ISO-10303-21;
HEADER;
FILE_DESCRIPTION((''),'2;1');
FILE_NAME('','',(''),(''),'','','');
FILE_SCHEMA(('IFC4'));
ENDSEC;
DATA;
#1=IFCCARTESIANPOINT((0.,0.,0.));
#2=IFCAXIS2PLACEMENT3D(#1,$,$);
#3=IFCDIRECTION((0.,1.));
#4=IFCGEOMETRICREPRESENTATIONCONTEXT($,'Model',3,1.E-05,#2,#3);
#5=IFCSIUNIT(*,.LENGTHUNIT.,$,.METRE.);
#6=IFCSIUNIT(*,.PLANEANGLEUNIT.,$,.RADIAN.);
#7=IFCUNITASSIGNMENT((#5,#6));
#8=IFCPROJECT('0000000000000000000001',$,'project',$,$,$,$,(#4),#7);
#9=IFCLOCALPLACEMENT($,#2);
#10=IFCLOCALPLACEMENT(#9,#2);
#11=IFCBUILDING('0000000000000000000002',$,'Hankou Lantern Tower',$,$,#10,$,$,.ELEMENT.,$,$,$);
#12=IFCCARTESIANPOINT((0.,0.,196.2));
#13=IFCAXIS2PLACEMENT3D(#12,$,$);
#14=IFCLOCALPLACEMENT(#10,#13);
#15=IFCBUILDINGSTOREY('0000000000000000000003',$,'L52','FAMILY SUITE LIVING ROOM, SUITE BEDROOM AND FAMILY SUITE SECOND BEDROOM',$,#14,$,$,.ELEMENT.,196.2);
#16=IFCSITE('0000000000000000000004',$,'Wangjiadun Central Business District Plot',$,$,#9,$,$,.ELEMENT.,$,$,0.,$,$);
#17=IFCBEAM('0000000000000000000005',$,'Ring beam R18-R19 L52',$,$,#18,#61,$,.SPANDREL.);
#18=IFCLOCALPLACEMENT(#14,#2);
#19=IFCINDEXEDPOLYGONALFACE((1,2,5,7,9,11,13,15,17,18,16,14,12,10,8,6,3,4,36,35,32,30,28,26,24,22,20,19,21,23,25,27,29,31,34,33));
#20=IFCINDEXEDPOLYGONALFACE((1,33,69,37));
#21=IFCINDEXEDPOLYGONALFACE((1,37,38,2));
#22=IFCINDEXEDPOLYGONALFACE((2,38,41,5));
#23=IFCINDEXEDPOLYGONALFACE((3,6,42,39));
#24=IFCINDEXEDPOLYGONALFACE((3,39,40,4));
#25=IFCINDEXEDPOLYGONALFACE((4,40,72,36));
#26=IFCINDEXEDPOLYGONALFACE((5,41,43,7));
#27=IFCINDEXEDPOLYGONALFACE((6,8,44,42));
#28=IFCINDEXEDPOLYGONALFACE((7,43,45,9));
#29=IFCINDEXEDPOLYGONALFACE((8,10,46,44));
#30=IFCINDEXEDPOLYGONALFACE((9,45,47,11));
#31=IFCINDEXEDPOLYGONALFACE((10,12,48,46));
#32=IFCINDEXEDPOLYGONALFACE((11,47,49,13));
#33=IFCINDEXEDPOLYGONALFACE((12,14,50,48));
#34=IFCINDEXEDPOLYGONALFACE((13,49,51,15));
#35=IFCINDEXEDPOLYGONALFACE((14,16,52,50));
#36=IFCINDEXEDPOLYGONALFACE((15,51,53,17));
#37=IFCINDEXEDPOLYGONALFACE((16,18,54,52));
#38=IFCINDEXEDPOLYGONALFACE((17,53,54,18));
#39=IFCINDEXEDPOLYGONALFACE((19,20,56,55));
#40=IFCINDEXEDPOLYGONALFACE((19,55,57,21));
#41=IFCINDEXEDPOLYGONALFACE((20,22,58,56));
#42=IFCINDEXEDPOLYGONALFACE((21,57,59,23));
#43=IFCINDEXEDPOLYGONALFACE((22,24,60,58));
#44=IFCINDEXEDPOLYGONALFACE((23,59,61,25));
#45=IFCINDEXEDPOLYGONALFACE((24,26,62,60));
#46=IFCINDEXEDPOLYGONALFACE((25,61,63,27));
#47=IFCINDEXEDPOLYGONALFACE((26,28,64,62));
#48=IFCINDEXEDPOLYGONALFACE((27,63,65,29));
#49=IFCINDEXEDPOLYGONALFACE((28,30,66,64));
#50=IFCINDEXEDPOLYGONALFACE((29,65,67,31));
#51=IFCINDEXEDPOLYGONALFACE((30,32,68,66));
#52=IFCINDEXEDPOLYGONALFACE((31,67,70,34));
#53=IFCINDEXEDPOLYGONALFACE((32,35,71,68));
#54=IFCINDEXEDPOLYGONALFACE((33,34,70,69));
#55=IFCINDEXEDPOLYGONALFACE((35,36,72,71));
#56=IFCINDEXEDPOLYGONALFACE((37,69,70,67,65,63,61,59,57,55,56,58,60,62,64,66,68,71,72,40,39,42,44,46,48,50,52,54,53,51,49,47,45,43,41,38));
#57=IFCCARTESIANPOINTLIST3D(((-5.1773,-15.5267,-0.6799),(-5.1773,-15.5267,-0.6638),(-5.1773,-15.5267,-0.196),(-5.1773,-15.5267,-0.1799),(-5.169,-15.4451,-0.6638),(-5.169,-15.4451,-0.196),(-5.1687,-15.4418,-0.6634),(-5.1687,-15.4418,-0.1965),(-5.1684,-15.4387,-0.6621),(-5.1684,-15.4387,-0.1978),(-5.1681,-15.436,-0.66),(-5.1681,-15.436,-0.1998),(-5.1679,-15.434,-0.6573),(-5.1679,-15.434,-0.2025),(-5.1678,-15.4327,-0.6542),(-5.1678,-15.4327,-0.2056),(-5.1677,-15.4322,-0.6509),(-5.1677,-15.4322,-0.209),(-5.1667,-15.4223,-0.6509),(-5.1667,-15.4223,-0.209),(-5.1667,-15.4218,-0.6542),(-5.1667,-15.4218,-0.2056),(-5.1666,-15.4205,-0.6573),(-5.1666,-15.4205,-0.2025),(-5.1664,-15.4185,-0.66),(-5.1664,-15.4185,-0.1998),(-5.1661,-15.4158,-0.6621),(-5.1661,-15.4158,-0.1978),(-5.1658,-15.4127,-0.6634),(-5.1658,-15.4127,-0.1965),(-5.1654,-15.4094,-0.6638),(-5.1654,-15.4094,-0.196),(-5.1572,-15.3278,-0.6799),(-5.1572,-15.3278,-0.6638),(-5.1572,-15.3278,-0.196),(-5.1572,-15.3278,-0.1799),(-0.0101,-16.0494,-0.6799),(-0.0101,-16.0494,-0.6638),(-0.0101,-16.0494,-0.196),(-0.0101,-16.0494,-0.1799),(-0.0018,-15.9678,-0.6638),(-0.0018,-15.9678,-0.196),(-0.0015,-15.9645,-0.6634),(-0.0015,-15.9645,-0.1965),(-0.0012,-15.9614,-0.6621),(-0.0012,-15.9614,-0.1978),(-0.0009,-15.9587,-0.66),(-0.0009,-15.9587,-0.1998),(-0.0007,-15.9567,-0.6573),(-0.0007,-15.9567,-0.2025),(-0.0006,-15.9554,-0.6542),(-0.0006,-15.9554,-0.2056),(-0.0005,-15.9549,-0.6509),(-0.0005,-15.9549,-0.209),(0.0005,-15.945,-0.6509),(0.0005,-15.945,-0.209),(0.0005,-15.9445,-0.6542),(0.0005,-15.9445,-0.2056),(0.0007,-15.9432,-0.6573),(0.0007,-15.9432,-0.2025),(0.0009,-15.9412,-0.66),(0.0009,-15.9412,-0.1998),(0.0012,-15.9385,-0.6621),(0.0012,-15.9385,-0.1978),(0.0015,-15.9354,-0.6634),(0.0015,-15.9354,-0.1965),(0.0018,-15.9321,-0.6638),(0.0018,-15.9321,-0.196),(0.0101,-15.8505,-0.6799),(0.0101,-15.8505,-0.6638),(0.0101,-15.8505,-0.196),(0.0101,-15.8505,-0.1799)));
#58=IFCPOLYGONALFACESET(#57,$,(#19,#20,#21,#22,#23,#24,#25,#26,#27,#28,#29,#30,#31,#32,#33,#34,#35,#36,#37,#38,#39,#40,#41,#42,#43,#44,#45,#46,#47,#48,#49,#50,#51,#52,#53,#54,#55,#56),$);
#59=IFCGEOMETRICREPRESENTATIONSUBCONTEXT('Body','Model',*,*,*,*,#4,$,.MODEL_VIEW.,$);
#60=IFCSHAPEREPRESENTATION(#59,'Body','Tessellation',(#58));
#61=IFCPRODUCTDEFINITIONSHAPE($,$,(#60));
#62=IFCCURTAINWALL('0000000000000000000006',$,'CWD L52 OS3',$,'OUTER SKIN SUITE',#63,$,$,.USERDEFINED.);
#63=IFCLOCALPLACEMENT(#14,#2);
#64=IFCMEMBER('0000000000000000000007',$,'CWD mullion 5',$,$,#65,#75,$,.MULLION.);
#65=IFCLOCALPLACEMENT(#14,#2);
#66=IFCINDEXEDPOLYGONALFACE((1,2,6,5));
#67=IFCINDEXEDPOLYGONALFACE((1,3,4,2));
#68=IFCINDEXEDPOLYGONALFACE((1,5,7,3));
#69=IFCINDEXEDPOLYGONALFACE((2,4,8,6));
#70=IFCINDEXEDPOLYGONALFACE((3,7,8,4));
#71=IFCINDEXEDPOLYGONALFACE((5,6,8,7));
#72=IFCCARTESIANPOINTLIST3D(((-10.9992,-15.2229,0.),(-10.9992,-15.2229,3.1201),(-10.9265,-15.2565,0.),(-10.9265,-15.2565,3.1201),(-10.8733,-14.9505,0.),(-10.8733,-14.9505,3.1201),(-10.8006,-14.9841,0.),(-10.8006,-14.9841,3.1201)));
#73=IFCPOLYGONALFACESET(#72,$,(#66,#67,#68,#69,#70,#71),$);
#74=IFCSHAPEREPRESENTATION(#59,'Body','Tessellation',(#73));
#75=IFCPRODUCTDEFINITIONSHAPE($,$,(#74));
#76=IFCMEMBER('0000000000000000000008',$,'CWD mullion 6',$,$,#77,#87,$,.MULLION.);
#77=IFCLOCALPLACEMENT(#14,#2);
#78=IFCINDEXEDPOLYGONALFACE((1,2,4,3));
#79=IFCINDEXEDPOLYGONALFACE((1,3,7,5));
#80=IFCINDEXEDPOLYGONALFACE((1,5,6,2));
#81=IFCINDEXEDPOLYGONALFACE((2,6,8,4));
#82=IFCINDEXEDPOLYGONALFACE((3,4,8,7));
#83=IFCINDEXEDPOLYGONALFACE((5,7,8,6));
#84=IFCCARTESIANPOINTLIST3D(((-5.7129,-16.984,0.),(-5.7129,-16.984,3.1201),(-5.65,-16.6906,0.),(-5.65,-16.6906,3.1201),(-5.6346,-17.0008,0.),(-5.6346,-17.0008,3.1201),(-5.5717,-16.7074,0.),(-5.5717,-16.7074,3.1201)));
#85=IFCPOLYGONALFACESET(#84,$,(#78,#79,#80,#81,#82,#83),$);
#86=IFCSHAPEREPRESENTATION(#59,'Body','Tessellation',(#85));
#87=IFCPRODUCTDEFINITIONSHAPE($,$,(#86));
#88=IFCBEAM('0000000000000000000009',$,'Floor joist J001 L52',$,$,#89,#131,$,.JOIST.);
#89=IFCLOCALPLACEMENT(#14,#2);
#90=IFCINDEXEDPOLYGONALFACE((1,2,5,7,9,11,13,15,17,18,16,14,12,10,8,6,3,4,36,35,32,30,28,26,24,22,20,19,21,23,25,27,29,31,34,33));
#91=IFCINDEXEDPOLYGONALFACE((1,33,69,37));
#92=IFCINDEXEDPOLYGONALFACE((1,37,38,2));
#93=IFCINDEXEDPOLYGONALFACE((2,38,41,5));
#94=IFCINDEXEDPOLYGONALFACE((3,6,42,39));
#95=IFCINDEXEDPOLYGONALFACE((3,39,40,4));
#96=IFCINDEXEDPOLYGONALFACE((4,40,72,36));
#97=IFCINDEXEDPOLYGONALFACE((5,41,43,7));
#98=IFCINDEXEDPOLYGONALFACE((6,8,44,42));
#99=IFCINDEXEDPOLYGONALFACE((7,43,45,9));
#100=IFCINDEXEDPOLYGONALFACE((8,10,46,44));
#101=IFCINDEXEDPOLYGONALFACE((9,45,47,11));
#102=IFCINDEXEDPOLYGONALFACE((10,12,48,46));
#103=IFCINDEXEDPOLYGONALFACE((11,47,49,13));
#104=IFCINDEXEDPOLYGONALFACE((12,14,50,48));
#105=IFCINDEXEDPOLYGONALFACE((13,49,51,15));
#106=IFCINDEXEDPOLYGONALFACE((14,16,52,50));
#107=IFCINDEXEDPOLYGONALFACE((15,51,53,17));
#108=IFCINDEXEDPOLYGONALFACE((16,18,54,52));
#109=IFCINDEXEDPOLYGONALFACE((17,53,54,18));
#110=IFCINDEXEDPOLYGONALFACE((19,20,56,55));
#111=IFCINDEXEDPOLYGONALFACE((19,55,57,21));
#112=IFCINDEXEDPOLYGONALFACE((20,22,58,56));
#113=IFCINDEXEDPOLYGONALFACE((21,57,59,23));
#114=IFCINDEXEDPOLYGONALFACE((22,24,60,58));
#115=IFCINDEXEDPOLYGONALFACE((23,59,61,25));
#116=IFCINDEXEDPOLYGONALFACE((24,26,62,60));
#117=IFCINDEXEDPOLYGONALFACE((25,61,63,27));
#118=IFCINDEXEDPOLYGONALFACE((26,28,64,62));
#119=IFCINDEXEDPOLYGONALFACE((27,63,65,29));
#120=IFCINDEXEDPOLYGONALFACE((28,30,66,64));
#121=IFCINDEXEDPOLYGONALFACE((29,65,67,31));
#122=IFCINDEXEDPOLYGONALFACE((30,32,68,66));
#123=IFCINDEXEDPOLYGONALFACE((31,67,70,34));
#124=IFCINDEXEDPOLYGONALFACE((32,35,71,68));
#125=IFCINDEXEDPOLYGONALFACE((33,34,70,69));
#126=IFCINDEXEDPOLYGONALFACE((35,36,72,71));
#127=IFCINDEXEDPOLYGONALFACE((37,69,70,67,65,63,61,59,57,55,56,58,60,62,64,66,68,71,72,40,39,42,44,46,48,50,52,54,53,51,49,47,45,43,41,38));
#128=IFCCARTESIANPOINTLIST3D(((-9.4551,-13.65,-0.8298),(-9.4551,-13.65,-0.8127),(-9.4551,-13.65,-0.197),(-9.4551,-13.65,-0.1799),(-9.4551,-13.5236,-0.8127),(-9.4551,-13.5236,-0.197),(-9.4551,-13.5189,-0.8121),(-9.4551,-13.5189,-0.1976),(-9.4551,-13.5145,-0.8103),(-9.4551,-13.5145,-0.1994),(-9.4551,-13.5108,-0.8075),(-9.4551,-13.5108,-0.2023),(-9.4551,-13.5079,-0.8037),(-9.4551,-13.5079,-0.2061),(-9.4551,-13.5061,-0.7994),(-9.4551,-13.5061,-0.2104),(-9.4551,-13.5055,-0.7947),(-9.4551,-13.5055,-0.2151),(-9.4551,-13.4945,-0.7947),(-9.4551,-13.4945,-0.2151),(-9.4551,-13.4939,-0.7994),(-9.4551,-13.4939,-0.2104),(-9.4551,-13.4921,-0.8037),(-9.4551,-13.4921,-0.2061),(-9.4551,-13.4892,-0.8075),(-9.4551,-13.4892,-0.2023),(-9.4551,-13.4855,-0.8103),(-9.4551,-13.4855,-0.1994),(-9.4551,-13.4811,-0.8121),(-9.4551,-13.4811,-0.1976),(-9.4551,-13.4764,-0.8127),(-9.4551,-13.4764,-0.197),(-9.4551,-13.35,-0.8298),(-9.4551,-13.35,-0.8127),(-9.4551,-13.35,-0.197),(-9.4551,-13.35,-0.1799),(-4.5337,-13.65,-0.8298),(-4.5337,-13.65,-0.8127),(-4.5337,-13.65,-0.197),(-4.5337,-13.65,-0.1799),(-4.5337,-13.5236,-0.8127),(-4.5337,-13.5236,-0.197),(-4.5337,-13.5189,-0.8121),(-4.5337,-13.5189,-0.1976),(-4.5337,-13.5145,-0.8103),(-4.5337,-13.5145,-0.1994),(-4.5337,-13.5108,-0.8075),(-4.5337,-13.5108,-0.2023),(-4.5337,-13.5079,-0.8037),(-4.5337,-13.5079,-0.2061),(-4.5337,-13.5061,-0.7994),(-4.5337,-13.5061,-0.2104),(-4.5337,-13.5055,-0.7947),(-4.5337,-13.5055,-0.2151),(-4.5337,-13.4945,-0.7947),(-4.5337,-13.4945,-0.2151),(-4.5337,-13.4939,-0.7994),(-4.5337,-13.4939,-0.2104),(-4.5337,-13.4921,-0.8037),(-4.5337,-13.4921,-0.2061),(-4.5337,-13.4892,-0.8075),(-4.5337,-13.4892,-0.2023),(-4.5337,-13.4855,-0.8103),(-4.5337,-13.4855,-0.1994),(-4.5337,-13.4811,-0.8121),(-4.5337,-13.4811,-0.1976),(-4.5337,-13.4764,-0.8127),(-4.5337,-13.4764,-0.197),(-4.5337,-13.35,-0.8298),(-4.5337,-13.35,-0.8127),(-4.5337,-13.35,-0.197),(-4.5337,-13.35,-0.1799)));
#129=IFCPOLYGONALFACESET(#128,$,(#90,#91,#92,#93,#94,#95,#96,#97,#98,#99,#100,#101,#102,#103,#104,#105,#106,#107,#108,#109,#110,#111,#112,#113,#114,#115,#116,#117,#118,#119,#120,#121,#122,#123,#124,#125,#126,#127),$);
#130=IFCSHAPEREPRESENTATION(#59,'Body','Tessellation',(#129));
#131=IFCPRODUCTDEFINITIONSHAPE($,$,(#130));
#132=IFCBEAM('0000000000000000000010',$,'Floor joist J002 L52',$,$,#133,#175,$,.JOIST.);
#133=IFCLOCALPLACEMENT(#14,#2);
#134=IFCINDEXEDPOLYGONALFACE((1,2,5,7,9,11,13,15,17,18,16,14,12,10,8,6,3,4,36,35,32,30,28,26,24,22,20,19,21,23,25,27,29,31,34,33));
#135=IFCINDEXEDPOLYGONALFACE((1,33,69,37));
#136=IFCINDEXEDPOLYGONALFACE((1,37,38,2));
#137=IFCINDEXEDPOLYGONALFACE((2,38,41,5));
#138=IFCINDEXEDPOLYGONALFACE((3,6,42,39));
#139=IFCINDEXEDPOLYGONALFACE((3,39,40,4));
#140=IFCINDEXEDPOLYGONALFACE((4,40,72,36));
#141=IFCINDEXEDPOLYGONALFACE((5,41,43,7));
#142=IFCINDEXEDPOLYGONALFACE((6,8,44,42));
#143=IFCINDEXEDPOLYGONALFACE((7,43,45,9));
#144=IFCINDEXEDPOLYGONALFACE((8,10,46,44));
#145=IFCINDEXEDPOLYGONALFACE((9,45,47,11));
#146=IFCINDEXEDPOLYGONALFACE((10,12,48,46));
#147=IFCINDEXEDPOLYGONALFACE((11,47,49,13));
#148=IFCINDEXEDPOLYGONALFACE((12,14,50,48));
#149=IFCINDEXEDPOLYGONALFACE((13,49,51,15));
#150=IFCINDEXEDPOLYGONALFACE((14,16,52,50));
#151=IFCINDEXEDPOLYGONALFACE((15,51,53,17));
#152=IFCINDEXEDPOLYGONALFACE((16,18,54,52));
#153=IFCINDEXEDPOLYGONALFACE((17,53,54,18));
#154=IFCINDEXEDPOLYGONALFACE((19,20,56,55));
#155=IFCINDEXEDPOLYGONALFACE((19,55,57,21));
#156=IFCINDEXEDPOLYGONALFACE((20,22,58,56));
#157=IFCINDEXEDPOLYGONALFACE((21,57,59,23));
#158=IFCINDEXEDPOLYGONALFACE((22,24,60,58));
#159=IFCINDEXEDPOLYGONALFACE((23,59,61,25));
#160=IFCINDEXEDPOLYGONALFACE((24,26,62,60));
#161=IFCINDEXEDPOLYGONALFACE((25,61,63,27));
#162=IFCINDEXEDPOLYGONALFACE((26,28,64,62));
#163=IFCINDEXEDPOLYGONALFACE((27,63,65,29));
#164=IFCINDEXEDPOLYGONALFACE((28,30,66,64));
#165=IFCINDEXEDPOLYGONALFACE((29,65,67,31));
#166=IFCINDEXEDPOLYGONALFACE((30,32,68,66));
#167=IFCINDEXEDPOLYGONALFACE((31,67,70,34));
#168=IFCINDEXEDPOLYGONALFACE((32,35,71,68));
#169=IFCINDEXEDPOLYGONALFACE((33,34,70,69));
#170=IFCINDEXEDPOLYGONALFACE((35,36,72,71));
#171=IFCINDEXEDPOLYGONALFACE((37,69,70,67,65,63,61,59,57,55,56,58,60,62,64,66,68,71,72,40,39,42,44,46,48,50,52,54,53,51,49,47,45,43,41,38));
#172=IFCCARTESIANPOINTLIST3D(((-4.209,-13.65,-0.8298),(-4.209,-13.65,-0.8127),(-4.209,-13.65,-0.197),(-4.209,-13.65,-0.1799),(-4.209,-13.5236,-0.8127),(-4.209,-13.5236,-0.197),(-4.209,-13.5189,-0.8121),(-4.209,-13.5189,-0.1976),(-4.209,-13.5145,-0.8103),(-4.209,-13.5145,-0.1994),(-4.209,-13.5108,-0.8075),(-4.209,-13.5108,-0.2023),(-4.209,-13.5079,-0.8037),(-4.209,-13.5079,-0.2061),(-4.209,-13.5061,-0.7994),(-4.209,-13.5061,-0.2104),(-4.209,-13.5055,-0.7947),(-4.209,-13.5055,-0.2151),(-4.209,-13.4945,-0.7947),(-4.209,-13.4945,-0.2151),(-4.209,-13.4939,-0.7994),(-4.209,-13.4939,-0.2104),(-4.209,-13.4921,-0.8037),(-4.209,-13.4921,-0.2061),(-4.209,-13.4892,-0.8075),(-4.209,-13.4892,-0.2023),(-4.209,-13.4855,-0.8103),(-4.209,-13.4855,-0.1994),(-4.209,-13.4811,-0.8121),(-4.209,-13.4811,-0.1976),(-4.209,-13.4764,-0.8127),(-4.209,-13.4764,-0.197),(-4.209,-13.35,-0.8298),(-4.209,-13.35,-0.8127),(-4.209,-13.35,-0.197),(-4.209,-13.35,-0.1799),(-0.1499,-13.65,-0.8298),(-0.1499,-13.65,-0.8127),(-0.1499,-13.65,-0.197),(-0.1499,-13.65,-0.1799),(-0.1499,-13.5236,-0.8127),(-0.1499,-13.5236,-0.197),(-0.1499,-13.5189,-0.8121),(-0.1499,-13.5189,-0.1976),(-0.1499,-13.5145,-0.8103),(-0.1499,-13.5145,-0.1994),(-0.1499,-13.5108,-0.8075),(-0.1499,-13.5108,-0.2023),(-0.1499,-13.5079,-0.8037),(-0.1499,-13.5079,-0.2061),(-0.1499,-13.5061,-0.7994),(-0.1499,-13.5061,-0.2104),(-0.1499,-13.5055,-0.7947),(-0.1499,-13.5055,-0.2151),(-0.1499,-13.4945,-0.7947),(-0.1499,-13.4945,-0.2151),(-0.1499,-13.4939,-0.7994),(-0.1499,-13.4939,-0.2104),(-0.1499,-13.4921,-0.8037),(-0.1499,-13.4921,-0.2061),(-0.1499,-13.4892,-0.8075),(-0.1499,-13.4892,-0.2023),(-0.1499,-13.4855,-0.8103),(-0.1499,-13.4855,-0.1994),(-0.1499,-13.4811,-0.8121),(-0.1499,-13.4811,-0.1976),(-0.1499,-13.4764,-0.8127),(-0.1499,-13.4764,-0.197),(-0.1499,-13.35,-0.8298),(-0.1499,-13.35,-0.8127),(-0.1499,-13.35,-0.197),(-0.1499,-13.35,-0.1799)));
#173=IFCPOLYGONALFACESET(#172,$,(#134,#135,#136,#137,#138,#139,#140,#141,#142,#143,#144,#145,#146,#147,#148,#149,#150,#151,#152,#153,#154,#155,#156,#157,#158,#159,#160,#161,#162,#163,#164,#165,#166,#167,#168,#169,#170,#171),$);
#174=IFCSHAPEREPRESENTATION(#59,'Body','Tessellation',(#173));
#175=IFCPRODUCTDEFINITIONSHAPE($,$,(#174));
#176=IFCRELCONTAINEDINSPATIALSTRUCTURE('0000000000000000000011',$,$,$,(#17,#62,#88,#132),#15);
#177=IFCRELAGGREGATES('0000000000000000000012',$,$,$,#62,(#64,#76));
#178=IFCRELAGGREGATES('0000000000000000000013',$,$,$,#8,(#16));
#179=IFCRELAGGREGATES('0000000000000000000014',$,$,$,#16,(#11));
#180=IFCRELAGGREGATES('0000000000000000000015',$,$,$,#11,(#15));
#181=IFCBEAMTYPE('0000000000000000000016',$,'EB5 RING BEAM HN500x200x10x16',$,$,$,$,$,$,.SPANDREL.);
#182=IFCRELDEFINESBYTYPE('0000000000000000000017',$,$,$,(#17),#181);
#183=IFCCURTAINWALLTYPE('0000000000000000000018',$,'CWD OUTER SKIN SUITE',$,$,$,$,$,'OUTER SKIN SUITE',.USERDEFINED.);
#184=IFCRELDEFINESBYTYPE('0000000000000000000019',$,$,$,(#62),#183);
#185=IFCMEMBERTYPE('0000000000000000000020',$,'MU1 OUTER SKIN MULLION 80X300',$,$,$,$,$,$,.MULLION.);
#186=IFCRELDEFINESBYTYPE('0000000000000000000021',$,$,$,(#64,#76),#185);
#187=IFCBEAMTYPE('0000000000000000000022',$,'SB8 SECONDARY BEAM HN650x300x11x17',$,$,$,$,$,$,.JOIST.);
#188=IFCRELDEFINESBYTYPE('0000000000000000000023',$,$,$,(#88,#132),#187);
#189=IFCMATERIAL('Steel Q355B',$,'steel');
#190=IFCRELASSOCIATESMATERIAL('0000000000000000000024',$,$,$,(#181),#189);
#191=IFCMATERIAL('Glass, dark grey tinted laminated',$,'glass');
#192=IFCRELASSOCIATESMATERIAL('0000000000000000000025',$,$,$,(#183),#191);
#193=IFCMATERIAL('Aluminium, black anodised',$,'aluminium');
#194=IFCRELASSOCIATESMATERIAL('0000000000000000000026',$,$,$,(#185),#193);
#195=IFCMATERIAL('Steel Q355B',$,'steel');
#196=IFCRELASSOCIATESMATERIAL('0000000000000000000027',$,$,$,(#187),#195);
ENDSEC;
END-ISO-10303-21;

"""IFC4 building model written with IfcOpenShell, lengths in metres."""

from ifc_helpers import new_model, si_unit, direction, frame, origin, origin_2d, place, context, subcontext, project, spatial, rectangle, i_section, extrude, material, material_profile, profile_set, type_object, element, aggregate, save


model = new_model("IFC4")

# Units and contexts
model_context = context("Model", 3, precision=1e-05, world=origin(), true_north=direction((0.0, 1.0)))
body_context = subcontext(model_context, "Body", "Model", "MODEL_VIEW")
ifc_project = project(units=[si_unit("LENGTHUNIT", "METRE"), si_unit("PLANEANGLEUNIT", "RADIAN")], contexts=[model_context])

# Site, building, storey
site_placement = place(None, origin())
site = spatial("IfcSite", under=ifc_project, at=site_placement, Name="Wangjiadun Central Business District Plot", CompositionType="ELEMENT", RefElevation=0.0)
building_placement = place(site_placement, origin())
building = spatial("IfcBuilding", under=site, at=building_placement, Name="Hankou Lantern Tower", CompositionType="ELEMENT")
storey_placement = place(building_placement, frame((0.0, 0.0, 196.2)))
storey = spatial("IfcBuildingStorey", under=building, at=storey_placement, Name="L52", Description="FAMILY SUITE LIVING ROOM, SUITE BEDROOM AND FAMILY SUITE SECOND BEDROOM", CompositionType="ELEMENT", Elevation=196.2)

# Beam
ifc_material_1 = material(Name="Steel Q355B", Category="steel")
ifc_material_profile_1 = material_profile(ifc_material_1, i_section(OverallWidth=0.2, OverallDepth=0.5, WebThickness=0.01, FlangeThickness=0.0161, FilletRadius=0.0129, at=origin_2d()), Name="HN500x200x10x16")
ifc_profile_set_1 = profile_set([ifc_material_profile_1], Name="Steel Q355B")
beam_type_1 = type_object("IfcBeamType", Name="EB5 RING BEAM HN500x200x10x16", PredefinedType="SPANDREL", material=ifc_profile_set_1)
beam_1_placement = place(storey_placement, frame((-5.1672, -15.4272, -0.4299), z_axis=(0.994923, -0.100644, 0.0), x_axis=(0.100644, 0.994923, 0.0)))
element("IfcBeam", 1, at=beam_1_placement, inside=storey, type_object=beam_type_1, Name="Ring beam R18-R19 L52", PredefinedType="SPANDREL", context=body_context, shape_type="SweptSolid", body=[
    extrude(i_section(OverallWidth=0.2, OverallDepth=0.5, WebThickness=0.01, FlangeThickness=0.0161, FilletRadius=0.0129, at=origin_2d()), origin(), (0.0, 0.0, 1.0), 5.1936),
])

# Curtain wall, members
ifc_material_2 = material(Name="Glass, dark grey tinted laminated", Category="glass")
curtain_wall_type = type_object("IfcCurtainWallType", Name="CWD OUTER SKIN SUITE", ElementType="OUTER SKIN SUITE", PredefinedType="USERDEFINED", material=ifc_material_2)
curtain_wall_placement = place(storey_placement, origin())
curtain_wall = element("IfcCurtainWall", 2, at=curtain_wall_placement, inside=storey, type_object=curtain_wall_type, Name="CWD L52 OS3", ObjectType="OUTER SKIN SUITE", PredefinedType="USERDEFINED")
ifc_material_3 = material(Name="Aluminium, black anodised", Category="aluminium")
ifc_material_profile_2 = material_profile(ifc_material_3, rectangle(XDim=0.0801, YDim=0.3, at=origin_2d()), Name="MU1 80X300")
ifc_profile_set_2 = profile_set([ifc_material_profile_2], Name="Aluminium, black anodised")
member_type_1 = type_object("IfcMemberType", Name="MU1 OUTER SKIN MULLION 80X300", PredefinedType="MULLION", material=ifc_profile_set_2)
member_1_placement = place(storey_placement, frame((-10.8999, -15.1035, 0.0), z_axis=(0.0, 0.0, 1.0), x_axis=(0.907841, -0.419314, 0.0)))
member_1 = element("IfcMember", 3, at=member_1_placement, type_object=member_type_1, Name="CWD mullion 5", PredefinedType="MULLION", context=body_context, shape_type="SweptSolid", body=[
    extrude(rectangle(XDim=0.0801, YDim=0.3, at=origin_2d()), origin(), (0.0, 0.0, 1.0), 3.1201),
])
member_2_placement = place(storey_placement, frame((-5.6423, -16.8457, 0.0), z_axis=(0.0, 0.0, 1.0), x_axis=(0.977788, -0.209598, 0.0)))
member_2 = element("IfcMember", 4, at=member_2_placement, type_object=member_type_1, Name="CWD mullion 6", PredefinedType="MULLION", context=body_context, shape_type="SweptSolid", body=[
    extrude(rectangle(XDim=0.0801, YDim=0.3, at=origin_2d()), origin(), (0.0, 0.0, 1.0), 3.1201),
])

# Beams
ifc_material_4 = material(Name="Steel Q355B", Category="steel")
ifc_material_profile_3 = material_profile(ifc_material_4, i_section(OverallWidth=0.3, OverallDepth=0.6499, WebThickness=0.011, FlangeThickness=0.0171, FilletRadius=0.0181, at=origin_2d()), Name="HN650x300x11x17")
ifc_profile_set_3 = profile_set([ifc_material_profile_3], Name="Steel Q355B")
beam_type_2 = type_object("IfcBeamType", Name="SB8 SECONDARY BEAM HN650x300x11x17", PredefinedType="JOIST", material=ifc_profile_set_3)
beam_2_placement = place(storey_placement, frame((-9.4551, -13.5, -0.5049), z_axis=(1.0, 0.0, 0.0), x_axis=(0.0, 1.0, 0.0)))
element("IfcBeam", 5, at=beam_2_placement, inside=storey, type_object=beam_type_2, Name="Floor joist J001 L52", PredefinedType="JOIST", context=body_context, shape_type="SweptSolid", body=[
    extrude(i_section(OverallWidth=0.3, OverallDepth=0.6499, WebThickness=0.011, FlangeThickness=0.0171, FilletRadius=0.0181, at=origin_2d()), origin(), (0.0, 0.0, 1.0), 4.9214),
])
beam_3_placement = place(storey_placement, frame((-4.209, -13.5, -0.5049), z_axis=(1.0, 0.0, 0.0), x_axis=(0.0, 1.0, 0.0)))
element("IfcBeam", 6, at=beam_3_placement, inside=storey, type_object=beam_type_2, Name="Floor joist J002 L52", PredefinedType="JOIST", context=body_context, shape_type="SweptSolid", body=[
    extrude(i_section(OverallWidth=0.3, OverallDepth=0.6499, WebThickness=0.011, FlangeThickness=0.0171, FilletRadius=0.0181, at=origin_2d()), origin(), (0.0, 0.0, 1.0), 4.0591),
])

aggregate(curtain_wall, [member_1, member_2])

save(model, "model.ifc")
